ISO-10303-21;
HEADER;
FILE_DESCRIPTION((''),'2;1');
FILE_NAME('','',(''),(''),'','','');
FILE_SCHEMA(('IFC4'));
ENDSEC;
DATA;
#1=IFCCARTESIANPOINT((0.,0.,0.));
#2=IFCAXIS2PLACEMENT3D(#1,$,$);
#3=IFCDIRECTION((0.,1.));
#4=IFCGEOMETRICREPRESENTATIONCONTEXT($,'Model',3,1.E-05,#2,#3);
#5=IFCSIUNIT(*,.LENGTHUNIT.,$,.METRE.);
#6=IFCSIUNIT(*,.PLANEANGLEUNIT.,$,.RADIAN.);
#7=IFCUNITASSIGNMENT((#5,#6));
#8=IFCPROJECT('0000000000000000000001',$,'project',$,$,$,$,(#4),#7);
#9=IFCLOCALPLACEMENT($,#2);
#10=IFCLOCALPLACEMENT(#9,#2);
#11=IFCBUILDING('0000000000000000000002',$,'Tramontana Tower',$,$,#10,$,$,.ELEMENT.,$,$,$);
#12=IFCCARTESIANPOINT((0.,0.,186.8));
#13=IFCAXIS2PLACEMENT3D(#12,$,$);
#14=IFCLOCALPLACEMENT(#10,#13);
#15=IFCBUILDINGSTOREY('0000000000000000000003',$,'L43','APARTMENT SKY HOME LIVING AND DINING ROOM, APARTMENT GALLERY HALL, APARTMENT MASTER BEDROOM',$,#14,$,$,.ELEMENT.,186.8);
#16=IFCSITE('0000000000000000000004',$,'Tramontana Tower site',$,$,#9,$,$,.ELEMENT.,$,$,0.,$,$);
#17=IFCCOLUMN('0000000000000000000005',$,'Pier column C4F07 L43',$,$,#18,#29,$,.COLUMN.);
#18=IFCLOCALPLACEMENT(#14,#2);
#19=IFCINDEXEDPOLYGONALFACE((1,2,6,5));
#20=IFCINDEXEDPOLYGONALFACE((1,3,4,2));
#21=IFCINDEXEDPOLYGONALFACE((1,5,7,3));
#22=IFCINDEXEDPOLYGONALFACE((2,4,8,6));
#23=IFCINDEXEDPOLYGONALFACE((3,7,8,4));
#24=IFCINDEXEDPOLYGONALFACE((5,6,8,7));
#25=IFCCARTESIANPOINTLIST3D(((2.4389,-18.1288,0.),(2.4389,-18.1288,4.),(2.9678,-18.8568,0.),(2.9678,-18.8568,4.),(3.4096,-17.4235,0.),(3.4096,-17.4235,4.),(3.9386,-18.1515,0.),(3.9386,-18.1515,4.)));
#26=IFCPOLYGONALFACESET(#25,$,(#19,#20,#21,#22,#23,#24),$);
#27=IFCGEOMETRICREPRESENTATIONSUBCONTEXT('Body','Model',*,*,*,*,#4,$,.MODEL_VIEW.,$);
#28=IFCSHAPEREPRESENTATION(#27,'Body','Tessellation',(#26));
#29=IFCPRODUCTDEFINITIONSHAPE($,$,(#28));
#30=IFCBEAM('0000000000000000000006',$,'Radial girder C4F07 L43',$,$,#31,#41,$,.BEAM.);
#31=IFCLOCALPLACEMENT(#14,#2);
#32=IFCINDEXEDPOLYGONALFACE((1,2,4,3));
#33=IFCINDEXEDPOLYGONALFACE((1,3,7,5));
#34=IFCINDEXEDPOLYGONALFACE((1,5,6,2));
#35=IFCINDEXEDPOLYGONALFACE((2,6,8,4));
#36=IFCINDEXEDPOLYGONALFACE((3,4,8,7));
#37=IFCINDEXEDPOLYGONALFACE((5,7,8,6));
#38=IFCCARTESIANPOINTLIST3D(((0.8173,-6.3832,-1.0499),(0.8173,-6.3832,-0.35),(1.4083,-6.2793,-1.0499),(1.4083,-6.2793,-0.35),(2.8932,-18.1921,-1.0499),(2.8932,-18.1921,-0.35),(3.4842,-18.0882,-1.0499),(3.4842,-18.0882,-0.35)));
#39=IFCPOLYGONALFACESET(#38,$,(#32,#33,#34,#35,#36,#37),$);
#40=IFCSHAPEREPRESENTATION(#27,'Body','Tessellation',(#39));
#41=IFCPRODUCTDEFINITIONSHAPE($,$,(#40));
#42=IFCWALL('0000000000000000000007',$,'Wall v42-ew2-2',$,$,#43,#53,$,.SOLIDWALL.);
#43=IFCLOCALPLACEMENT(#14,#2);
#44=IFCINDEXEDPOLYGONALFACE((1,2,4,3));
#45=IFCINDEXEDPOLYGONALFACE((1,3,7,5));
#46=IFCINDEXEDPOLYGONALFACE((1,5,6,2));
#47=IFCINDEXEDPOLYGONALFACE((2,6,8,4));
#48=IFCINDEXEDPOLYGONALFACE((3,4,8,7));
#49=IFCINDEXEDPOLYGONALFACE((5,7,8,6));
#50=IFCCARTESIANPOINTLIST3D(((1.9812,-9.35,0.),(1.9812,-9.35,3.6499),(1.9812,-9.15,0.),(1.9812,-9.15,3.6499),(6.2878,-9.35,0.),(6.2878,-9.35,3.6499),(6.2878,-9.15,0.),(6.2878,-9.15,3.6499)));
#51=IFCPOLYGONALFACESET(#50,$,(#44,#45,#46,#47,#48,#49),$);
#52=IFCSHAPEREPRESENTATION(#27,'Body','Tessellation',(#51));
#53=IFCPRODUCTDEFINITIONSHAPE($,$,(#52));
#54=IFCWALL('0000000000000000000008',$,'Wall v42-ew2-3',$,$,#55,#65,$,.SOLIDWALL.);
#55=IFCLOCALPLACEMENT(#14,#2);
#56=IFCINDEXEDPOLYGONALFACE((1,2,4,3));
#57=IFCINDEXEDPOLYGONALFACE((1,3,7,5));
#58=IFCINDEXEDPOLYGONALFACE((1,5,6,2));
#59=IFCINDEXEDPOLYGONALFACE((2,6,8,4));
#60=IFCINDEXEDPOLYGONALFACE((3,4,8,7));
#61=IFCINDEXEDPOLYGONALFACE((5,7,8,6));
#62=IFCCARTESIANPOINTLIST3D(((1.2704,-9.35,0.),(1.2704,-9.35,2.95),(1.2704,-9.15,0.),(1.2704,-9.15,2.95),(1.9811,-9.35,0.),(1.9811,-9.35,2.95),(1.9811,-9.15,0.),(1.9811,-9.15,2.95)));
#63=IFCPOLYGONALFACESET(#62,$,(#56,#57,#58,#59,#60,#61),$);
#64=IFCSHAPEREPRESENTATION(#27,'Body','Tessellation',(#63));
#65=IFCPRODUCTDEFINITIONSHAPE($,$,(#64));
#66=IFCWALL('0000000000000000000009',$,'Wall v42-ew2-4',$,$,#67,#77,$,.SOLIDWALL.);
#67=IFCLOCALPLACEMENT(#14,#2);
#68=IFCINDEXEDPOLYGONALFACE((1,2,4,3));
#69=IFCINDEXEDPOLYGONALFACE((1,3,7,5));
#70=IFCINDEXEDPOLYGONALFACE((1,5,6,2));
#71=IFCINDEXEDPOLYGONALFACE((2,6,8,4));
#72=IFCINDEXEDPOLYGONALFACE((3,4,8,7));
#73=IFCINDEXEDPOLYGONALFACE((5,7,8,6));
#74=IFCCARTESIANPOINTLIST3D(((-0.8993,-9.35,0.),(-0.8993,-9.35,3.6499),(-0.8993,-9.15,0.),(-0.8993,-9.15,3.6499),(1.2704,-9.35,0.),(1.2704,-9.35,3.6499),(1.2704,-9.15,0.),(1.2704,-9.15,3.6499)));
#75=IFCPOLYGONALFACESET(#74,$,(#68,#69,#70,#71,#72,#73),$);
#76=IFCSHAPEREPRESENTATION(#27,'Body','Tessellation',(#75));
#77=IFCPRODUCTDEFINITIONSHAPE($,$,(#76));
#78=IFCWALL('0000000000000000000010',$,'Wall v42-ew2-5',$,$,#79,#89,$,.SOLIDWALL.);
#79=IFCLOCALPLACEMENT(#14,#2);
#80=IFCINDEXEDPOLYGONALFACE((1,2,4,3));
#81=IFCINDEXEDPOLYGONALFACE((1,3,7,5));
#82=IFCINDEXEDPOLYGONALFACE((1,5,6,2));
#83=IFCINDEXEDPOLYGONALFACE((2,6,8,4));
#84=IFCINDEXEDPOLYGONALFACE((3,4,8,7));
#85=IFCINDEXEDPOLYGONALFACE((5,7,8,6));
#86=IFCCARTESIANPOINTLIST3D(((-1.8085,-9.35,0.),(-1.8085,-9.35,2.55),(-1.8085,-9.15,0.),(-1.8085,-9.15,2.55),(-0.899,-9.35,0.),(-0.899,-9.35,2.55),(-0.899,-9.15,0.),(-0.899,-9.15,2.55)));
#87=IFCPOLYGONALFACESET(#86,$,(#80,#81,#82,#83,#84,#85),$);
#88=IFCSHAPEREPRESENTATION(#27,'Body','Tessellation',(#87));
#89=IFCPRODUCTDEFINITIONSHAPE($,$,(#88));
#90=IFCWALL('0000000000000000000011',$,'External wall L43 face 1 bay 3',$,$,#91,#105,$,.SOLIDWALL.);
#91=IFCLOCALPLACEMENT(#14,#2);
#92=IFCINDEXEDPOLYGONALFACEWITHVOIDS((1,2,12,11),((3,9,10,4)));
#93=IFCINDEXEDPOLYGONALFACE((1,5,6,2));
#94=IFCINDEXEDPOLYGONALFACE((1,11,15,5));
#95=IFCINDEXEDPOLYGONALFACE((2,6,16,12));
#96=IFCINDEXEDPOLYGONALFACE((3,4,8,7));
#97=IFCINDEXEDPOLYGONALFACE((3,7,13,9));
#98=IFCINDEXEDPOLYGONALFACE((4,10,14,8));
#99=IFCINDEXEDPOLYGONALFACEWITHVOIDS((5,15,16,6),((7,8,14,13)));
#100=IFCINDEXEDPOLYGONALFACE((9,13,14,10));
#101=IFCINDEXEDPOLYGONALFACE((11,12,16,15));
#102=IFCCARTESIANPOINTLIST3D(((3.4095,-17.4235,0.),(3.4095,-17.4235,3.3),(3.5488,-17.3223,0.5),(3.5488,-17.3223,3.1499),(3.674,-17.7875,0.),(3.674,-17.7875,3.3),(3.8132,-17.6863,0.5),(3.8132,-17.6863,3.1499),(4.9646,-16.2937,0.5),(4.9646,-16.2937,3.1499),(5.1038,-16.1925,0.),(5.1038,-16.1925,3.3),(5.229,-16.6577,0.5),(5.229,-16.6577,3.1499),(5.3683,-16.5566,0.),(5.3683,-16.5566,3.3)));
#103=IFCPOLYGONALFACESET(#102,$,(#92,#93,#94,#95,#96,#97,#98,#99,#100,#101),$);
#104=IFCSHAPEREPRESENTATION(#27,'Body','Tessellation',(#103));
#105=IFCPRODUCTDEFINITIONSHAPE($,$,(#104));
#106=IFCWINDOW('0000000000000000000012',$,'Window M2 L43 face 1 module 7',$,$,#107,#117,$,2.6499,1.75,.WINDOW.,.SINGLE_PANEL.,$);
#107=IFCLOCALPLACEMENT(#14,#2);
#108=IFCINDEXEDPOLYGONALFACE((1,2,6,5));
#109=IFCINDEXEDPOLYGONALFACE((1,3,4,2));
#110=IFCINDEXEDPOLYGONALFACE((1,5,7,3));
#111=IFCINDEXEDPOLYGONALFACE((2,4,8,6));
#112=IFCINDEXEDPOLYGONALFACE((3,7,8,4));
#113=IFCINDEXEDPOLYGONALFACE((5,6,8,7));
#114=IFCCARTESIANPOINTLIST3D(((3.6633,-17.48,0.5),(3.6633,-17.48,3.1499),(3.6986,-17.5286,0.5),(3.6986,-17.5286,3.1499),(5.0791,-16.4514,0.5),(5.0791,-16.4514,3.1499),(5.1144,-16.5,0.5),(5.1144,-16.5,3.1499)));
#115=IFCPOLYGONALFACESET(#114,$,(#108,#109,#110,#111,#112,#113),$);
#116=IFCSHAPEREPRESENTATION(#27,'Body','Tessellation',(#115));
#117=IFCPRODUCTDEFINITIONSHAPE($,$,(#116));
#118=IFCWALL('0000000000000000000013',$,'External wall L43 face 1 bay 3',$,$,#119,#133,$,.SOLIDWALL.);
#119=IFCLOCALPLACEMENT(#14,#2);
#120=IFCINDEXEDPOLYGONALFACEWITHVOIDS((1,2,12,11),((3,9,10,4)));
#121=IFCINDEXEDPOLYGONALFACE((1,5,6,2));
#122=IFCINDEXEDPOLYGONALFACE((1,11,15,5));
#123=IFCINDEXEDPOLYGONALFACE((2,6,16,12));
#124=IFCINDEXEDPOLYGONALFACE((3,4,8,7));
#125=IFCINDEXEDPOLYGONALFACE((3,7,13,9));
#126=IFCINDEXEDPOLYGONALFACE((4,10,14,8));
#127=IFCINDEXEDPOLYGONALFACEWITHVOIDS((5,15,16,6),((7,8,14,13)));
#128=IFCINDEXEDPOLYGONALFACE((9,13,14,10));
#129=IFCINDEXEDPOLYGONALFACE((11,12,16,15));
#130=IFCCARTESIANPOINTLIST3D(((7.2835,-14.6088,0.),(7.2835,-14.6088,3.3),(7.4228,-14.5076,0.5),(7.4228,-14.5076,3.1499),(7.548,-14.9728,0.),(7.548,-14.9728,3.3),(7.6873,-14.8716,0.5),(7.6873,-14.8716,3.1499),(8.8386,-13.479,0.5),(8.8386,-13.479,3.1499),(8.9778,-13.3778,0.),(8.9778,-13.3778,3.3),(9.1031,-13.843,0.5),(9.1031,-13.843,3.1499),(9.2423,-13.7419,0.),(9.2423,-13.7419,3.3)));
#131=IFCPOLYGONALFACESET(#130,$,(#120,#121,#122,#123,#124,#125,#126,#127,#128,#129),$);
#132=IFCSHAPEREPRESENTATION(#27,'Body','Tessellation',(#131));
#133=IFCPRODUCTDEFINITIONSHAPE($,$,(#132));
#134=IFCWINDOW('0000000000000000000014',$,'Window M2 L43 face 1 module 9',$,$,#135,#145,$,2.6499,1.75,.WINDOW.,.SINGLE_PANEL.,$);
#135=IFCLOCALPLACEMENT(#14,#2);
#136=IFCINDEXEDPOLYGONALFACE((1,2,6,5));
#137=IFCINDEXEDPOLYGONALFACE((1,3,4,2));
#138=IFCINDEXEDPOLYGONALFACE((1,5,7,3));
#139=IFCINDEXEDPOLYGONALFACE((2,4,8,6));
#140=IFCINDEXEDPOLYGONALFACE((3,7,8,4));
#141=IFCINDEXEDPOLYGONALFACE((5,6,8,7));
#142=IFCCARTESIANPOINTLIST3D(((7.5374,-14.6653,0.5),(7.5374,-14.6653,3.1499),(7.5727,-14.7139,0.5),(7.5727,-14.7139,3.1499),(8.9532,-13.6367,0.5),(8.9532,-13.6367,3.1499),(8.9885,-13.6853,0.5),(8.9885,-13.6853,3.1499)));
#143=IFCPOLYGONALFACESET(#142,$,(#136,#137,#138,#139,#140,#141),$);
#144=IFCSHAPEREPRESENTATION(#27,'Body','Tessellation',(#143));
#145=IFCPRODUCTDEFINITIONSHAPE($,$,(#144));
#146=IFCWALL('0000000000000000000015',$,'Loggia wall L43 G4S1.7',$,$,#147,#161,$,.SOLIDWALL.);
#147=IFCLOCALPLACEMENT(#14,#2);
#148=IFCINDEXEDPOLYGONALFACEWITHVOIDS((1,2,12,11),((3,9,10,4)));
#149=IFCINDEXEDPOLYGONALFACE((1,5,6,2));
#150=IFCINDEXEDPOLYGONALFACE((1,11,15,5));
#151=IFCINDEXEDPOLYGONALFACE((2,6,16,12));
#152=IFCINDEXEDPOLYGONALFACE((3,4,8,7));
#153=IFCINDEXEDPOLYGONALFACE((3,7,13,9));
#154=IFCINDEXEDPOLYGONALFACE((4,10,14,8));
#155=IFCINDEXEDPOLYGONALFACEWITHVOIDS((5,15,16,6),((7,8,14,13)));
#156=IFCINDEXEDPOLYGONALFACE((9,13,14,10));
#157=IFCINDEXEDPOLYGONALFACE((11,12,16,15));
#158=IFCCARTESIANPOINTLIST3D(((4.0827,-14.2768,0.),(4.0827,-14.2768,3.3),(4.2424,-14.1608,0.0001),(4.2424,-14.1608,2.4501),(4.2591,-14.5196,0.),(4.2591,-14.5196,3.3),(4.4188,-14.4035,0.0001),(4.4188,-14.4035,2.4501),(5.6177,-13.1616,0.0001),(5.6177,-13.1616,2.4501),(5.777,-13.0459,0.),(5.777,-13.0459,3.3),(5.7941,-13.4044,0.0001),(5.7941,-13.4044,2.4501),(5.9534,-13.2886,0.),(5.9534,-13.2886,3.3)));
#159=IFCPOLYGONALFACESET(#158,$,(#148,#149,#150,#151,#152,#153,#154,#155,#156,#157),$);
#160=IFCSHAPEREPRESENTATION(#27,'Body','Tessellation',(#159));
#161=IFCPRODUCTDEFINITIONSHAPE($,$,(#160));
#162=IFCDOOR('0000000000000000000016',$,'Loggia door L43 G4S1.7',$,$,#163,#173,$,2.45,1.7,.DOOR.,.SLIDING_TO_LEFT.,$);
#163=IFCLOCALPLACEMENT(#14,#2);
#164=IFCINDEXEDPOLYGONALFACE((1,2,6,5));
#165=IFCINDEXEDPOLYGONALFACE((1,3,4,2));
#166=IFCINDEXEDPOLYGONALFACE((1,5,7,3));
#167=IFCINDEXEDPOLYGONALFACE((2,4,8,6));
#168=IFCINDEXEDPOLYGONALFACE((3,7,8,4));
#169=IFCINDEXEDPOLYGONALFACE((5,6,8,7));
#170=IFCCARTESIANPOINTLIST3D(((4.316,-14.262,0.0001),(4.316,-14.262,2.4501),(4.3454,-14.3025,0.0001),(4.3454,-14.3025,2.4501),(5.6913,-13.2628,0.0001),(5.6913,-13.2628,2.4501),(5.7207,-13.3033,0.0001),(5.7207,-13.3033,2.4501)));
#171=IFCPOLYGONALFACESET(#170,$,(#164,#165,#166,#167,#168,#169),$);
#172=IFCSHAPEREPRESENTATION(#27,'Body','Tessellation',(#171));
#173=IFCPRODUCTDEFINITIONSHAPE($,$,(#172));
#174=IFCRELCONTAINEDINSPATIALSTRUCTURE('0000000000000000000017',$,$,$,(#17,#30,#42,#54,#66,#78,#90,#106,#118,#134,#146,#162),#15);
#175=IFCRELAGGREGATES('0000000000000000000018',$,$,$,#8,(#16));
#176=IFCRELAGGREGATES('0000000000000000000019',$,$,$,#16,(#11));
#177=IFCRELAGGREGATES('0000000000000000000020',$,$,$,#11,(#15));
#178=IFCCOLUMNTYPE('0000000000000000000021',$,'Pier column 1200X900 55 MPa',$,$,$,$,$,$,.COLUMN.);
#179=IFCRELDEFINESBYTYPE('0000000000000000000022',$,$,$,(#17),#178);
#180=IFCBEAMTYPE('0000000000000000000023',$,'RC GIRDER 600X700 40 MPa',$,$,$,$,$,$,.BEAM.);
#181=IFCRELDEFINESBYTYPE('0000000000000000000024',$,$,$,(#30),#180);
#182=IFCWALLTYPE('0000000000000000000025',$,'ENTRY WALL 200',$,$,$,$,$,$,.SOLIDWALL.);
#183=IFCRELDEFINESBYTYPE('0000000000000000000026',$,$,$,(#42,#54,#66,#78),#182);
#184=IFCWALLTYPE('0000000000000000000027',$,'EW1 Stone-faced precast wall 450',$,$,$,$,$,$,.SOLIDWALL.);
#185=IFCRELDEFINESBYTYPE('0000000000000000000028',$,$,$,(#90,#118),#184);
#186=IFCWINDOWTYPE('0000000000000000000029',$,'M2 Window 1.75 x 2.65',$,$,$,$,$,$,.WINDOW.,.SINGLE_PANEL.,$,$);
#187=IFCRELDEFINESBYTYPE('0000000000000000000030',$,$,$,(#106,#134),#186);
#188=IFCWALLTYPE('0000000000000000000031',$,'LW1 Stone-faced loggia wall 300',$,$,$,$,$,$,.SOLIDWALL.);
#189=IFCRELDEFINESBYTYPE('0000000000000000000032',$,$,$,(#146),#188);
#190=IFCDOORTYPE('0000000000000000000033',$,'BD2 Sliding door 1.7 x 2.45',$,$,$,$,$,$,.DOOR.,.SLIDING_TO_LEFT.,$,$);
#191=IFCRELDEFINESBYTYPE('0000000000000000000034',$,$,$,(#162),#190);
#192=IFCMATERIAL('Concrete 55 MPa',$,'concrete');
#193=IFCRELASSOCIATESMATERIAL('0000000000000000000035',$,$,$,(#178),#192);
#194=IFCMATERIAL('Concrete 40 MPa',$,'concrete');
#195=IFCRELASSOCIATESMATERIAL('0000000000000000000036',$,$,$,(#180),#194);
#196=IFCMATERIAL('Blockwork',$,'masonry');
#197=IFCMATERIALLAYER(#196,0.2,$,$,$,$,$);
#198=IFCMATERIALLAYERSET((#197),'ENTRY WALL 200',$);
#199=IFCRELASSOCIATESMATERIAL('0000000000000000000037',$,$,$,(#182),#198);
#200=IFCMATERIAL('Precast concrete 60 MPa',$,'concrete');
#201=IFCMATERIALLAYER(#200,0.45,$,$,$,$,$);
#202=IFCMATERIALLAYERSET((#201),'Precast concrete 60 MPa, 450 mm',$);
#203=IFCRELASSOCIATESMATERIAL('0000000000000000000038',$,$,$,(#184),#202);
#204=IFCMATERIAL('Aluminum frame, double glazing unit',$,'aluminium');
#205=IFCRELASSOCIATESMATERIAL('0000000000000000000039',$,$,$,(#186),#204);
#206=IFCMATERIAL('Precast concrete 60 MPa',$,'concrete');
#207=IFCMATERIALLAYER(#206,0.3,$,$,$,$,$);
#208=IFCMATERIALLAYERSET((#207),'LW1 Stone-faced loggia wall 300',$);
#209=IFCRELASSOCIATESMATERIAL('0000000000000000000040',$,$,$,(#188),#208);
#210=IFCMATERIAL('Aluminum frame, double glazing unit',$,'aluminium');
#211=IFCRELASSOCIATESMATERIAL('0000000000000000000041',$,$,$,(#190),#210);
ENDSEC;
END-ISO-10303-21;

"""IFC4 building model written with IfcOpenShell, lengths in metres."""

from ifc_helpers import new_model, si_unit, direction, frame, frame_2d, origin, origin_2d, place, context, subcontext, project, spatial, rectangle, extrude, material, layer, layer_set, material_profile, profile_set, type_object, element, fill, save


model = new_model("IFC4")

# Units and contexts
model_context = context("Model", 3, precision=1e-05, world=origin(), true_north=direction((0.0, 1.0)))
body_context = subcontext(model_context, "Body", "Model", "MODEL_VIEW")
ifc_project = project(units=[si_unit("LENGTHUNIT", "METRE"), si_unit("PLANEANGLEUNIT", "RADIAN")], contexts=[model_context])

# Site, building, storey
site_placement = place(None, origin())
site = spatial("IfcSite", under=ifc_project, at=site_placement, Name="Tramontana Tower site", CompositionType="ELEMENT", RefElevation=0.0)
building_placement = place(site_placement, origin())
building = spatial("IfcBuilding", under=site, at=building_placement, Name="Tramontana Tower", CompositionType="ELEMENT")
storey_placement = place(building_placement, frame((0.0, 0.0, 186.8)))
storey = spatial("IfcBuildingStorey", under=building, at=storey_placement, Name="L43", Description="APARTMENT SKY HOME LIVING AND DINING ROOM, APARTMENT GALLERY HALL, APARTMENT MASTER BEDROOM", CompositionType="ELEMENT", Elevation=186.8)

# Column
ifc_material_1 = material(Name="Concrete 55 MPa", Category="concrete")
ifc_material_profile_1 = material_profile(ifc_material_1, rectangle(XDim=1.2, YDim=0.8999, at=origin_2d()), Name="Pier column 1200X900 55 MPa")
ifc_profile_set_1 = profile_set([ifc_material_profile_1], Name="Concrete 55 MPa")
column_type = type_object("IfcColumnType", Name="Pier column 1200X900 55 MPa", PredefinedType="COLUMN", material=ifc_profile_set_1)
column_placement = place(storey_placement, frame((3.1887, -18.1401, 0.0), z_axis=(0.0, 0.0, 1.0), x_axis=(0.809017, 0.587785, 0.0)))
element("IfcColumn", 1, at=column_placement, inside=storey, type_object=column_type, Name="Pier column C4F07 L43", PredefinedType="COLUMN", context=body_context, shape_type="SweptSolid", body=[
    extrude(rectangle(XDim=1.2, YDim=0.8999, at=origin_2d()), origin(), (0.0, 0.0, 1.0), 4.0),
])

# Beam
ifc_material_2 = material(Name="Concrete 40 MPa", Category="concrete")
ifc_material_profile_2 = material_profile(ifc_material_2, rectangle(XDim=0.6001, YDim=0.7, at=origin_2d()), Name="RC GIRDER 600X700 40 MPa")
ifc_profile_set_2 = profile_set([ifc_material_profile_2], Name="Concrete 40 MPa")
beam_type = type_object("IfcBeamType", Name="RC GIRDER 600X700 40 MPa", PredefinedType="BEAM", material=ifc_profile_set_2)
beam_placement = place(storey_placement, frame((3.1887, -18.1401, -0.7), z_axis=(-0.173139, 0.984897, 0.0), x_axis=(-0.984897, -0.173139, 0.0)))
element("IfcBeam", 2, at=beam_placement, inside=storey, type_object=beam_type, Name="Radial girder C4F07 L43", PredefinedType="BEAM", context=body_context, shape_type="SweptSolid", body=[
    extrude(rectangle(XDim=0.6001, YDim=0.7, at=origin_2d()), origin(), (0.0, 0.0, 1.0), 11.99),
])

# Walls
ifc_material_3 = material(Name="Blockwork", Category="masonry")
ifc_layer_1 = layer(ifc_material_3, 0.2)
ifc_layer_set_1 = layer_set([ifc_layer_1], Name="ENTRY WALL 200")
wall_type_1 = type_object("IfcWallType", Name="ENTRY WALL 200", PredefinedType="SOLIDWALL", material=ifc_layer_set_1)
wall_1_placement = place(storey_placement, frame((6.2878, -9.25, 0.0), z_axis=(0.0, 0.0, 1.0), x_axis=(-1.0, 0.0, 0.0)))
element("IfcWall", 3, at=wall_1_placement, inside=storey, type_object=wall_type_1, Name="Wall v42-ew2-2", PredefinedType="SOLIDWALL", context=body_context, shape_type="SweptSolid", body=[
    extrude(rectangle(XDim=4.3066, YDim=0.2, at=frame_2d((2.1533, 0.0))), origin(), (0.0, 0.0, 1.0), 3.6499),
])
wall_2_placement = place(storey_placement, frame((1.9812, -9.25, 0.0), z_axis=(0.0, 0.0, 1.0), x_axis=(-1.0, 0.0, 0.0)))
element("IfcWall", 4, at=wall_2_placement, inside=storey, type_object=wall_type_1, Name="Wall v42-ew2-3", PredefinedType="SOLIDWALL", context=body_context, shape_type="SweptSolid", body=[
    extrude(rectangle(XDim=0.7107, YDim=0.2, at=frame_2d((0.3555, 0.0))), origin(), (0.0, 0.0, 1.0), 2.95),
])
wall_3_placement = place(storey_placement, frame((1.2705, -9.25, 0.0), z_axis=(0.0, 0.0, 1.0), x_axis=(-1.0, 0.0, 0.0)))
element("IfcWall", 5, at=wall_3_placement, inside=storey, type_object=wall_type_1, Name="Wall v42-ew2-4", PredefinedType="SOLIDWALL", context=body_context, shape_type="SweptSolid", body=[
    extrude(rectangle(XDim=2.1697, YDim=0.2, at=frame_2d((1.085, 0.0))), origin(), (0.0, 0.0, 1.0), 3.6499),
])
wall_4_placement = place(storey_placement, frame((-0.8992, -9.25, 0.0), z_axis=(0.0, 0.0, 1.0), x_axis=(-1.0, 0.0, 0.0)))
element("IfcWall", 6, at=wall_4_placement, inside=storey, type_object=wall_type_1, Name="Wall v42-ew2-5", PredefinedType="SOLIDWALL", context=body_context, shape_type="SweptSolid", body=[
    extrude(rectangle(XDim=0.9094, YDim=0.2, at=frame_2d((0.4546, 0.0))), origin(), (0.0, 0.0, 1.0), 2.55),
])

# Walls, openings, windows
ifc_material_4 = material(Name="Precast concrete 60 MPa", Category="concrete")
ifc_layer_2 = layer(ifc_material_4, 0.45)
ifc_layer_set_2 = layer_set([ifc_layer_2], Name="Precast concrete 60 MPa, 450 mm")
wall_type_2 = type_object("IfcWallType", Name="EW1 Stone-faced precast wall 450", PredefinedType="SOLIDWALL", material=ifc_layer_set_2)
wall_5_placement = place(storey_placement, frame((3.5417, -17.6055, 0.0), z_axis=(0.0, 0.0, 1.0), x_axis=(0.809028, 0.58777, 0.0)))
wall_5 = element("IfcWall", 7, at=wall_5_placement, inside=storey, type_object=wall_type_2, Name="External wall L43 face 1 bay 3", PredefinedType="SOLIDWALL", context=body_context, shape_type="SweptSolid", body=[
    extrude(rectangle(XDim=2.0942, YDim=0.45, at=frame_2d((1.0471, 0.0))), origin(), (0.0, 0.0, 1.0), 3.3),
])
opening_1_placement = place(wall_5_placement, frame((0.1721, 0.0, 0.5)))
opening_1 = element("IfcOpeningElement", 8, at=opening_1_placement, cuts=wall_5, PredefinedType="OPENING", context=body_context, shape_type="SweptSolid", body=[
    extrude(rectangle(XDim=1.75, YDim=2.6499, at=frame_2d((0.875, 1.325))), frame((0.0, 0.2349, 0.0), z_axis=(0.0, -1.0, 0.0), x_axis=(1.0, 0.0, 0.0)), (0.0, 0.0, 1.0), 0.47),
])
ifc_material_5 = material(Name="Aluminum frame, double glazing unit", Category="aluminium")
window_type = type_object("IfcWindowType", Name="M2 Window 1.75 x 2.65", PartitioningType="SINGLE_PANEL", PredefinedType="WINDOW", material=ifc_material_5)
window_1_placement = place(opening_1_placement, origin())
window_1 = element("IfcWindow", 9, at=window_1_placement, inside=storey, type_object=window_type, Name="Window M2 L43 face 1 module 7", OverallHeight=2.6499, OverallWidth=1.75, PartitioningType="SINGLE_PANEL", PredefinedType="WINDOW", context=body_context, shape_type="SweptSolid", body=[
    extrude(rectangle(XDim=1.75, YDim=2.6499, at=frame_2d((0.875, 1.325))), frame((0.0, 0.03, 0.0), z_axis=(0.0, -1.0, 0.0), x_axis=(1.0, 0.0, 0.0)), (0.0, 0.0, 1.0), 0.0601),
])
fill(opening_1, window_1)
wall_6_placement = place(storey_placement, frame((7.4158, -14.7908, 0.0), z_axis=(0.0, 0.0, 1.0), x_axis=(0.809028, 0.58777, 0.0)))
wall_6 = element("IfcWall", 10, at=wall_6_placement, inside=storey, type_object=wall_type_2, Name="External wall L43 face 1 bay 3", PredefinedType="SOLIDWALL", context=body_context, shape_type="SweptSolid", body=[
    extrude(rectangle(XDim=2.0942, YDim=0.45, at=frame_2d((1.0471, 0.0))), origin(), (0.0, 0.0, 1.0), 3.3),
])
opening_2_placement = place(wall_6_placement, frame((0.1721, 0.0, 0.5)))
opening_2 = element("IfcOpeningElement", 11, at=opening_2_placement, cuts=wall_6, PredefinedType="OPENING", context=body_context, shape_type="SweptSolid", body=[
    extrude(rectangle(XDim=1.75, YDim=2.6499, at=frame_2d((0.875, 1.325))), frame((0.0, 0.2349, 0.0), z_axis=(0.0, -1.0, 0.0), x_axis=(1.0, 0.0, 0.0)), (0.0, 0.0, 1.0), 0.47),
])
window_2_placement = place(opening_2_placement, origin())
window_2 = element("IfcWindow", 12, at=window_2_placement, inside=storey, type_object=window_type, Name="Window M2 L43 face 1 module 9", OverallHeight=2.6499, OverallWidth=1.75, PartitioningType="SINGLE_PANEL", PredefinedType="WINDOW", context=body_context, shape_type="SweptSolid", body=[
    extrude(rectangle(XDim=1.75, YDim=2.6499, at=frame_2d((0.875, 1.325))), frame((0.0, 0.03, 0.0), z_axis=(0.0, -1.0, 0.0), x_axis=(1.0, 0.0, 0.0)), (0.0, 0.0, 1.0), 0.0601),
])
fill(opening_2, window_2)

# Wall, opening, door
ifc_material_6 = material(Name="Precast concrete 60 MPa", Category="concrete")
ifc_layer_3 = layer(ifc_material_6, 0.3)
ifc_layer_set_3 = layer_set([ifc_layer_3], Name="LW1 Stone-faced loggia wall 300")
wall_type_3 = type_object("IfcWallType", Name="LW1 Stone-faced loggia wall 300", PredefinedType="SOLIDWALL", material=ifc_layer_set_3)
wall_7_placement = place(storey_placement, frame((4.1709, -14.3982, 0.0), z_axis=(0.0, 0.0, 1.0), x_axis=(0.809028, 0.58777, 0.0)))
wall_7 = element("IfcWall", 13, at=wall_7_placement, inside=storey, type_object=wall_type_3, Name="Loggia wall L43 G4S1.7", PredefinedType="SOLIDWALL", context=body_context, shape_type="SweptSolid", body=[
    extrude(rectangle(XDim=2.0942, YDim=0.3, at=frame_2d((1.0471, 0.0))), origin(), (0.0, 0.0, 1.0), 3.3),
])
opening_3_placement = place(wall_7_placement, frame((0.1973, 0.0, 0.0)))
opening_3 = element("IfcOpeningElement", 14, at=opening_3_placement, cuts=wall_7, PredefinedType="OPENING", context=body_context, shape_type="SweptSolid", body=[
    extrude(rectangle(XDim=1.7, YDim=2.45, at=frame_2d((0.8501, 1.2251))), frame((0.0, 0.1599, 0.0), z_axis=(0.0, -1.0, 0.0), x_axis=(1.0, 0.0, 0.0)), (0.0, 0.0, 1.0), 0.3201),
])
ifc_material_7 = material(Name="Aluminum frame, double glazing unit", Category="aluminium")
door_type_1 = type_object("IfcDoorType", Name="BD2 Sliding door 1.7 x 2.45", OperationType="SLIDING_TO_LEFT", PredefinedType="DOOR", material=ifc_material_7)
door_1_placement = place(opening_3_placement, origin())
door_1 = element("IfcDoor", 15, at=door_1_placement, inside=storey, type_object=door_type_1, Name="Loggia door L43 G4S1.7", OperationType="SLIDING_TO_LEFT", OverallHeight=2.45, OverallWidth=1.7, PredefinedType="DOOR", context=body_context, shape_type="SweptSolid", body=[
    extrude(rectangle(XDim=1.7, YDim=2.45, at=frame_2d((0.8501, 1.2251))), frame((0.0, 0.0249, 0.0), z_axis=(0.0, -1.0, 0.0), x_axis=(1.0, 0.0, 0.0)), (0.0, 0.0, 1.0), 0.05),
])
fill(opening_3, door_1)

save(model, "model.ifc")
